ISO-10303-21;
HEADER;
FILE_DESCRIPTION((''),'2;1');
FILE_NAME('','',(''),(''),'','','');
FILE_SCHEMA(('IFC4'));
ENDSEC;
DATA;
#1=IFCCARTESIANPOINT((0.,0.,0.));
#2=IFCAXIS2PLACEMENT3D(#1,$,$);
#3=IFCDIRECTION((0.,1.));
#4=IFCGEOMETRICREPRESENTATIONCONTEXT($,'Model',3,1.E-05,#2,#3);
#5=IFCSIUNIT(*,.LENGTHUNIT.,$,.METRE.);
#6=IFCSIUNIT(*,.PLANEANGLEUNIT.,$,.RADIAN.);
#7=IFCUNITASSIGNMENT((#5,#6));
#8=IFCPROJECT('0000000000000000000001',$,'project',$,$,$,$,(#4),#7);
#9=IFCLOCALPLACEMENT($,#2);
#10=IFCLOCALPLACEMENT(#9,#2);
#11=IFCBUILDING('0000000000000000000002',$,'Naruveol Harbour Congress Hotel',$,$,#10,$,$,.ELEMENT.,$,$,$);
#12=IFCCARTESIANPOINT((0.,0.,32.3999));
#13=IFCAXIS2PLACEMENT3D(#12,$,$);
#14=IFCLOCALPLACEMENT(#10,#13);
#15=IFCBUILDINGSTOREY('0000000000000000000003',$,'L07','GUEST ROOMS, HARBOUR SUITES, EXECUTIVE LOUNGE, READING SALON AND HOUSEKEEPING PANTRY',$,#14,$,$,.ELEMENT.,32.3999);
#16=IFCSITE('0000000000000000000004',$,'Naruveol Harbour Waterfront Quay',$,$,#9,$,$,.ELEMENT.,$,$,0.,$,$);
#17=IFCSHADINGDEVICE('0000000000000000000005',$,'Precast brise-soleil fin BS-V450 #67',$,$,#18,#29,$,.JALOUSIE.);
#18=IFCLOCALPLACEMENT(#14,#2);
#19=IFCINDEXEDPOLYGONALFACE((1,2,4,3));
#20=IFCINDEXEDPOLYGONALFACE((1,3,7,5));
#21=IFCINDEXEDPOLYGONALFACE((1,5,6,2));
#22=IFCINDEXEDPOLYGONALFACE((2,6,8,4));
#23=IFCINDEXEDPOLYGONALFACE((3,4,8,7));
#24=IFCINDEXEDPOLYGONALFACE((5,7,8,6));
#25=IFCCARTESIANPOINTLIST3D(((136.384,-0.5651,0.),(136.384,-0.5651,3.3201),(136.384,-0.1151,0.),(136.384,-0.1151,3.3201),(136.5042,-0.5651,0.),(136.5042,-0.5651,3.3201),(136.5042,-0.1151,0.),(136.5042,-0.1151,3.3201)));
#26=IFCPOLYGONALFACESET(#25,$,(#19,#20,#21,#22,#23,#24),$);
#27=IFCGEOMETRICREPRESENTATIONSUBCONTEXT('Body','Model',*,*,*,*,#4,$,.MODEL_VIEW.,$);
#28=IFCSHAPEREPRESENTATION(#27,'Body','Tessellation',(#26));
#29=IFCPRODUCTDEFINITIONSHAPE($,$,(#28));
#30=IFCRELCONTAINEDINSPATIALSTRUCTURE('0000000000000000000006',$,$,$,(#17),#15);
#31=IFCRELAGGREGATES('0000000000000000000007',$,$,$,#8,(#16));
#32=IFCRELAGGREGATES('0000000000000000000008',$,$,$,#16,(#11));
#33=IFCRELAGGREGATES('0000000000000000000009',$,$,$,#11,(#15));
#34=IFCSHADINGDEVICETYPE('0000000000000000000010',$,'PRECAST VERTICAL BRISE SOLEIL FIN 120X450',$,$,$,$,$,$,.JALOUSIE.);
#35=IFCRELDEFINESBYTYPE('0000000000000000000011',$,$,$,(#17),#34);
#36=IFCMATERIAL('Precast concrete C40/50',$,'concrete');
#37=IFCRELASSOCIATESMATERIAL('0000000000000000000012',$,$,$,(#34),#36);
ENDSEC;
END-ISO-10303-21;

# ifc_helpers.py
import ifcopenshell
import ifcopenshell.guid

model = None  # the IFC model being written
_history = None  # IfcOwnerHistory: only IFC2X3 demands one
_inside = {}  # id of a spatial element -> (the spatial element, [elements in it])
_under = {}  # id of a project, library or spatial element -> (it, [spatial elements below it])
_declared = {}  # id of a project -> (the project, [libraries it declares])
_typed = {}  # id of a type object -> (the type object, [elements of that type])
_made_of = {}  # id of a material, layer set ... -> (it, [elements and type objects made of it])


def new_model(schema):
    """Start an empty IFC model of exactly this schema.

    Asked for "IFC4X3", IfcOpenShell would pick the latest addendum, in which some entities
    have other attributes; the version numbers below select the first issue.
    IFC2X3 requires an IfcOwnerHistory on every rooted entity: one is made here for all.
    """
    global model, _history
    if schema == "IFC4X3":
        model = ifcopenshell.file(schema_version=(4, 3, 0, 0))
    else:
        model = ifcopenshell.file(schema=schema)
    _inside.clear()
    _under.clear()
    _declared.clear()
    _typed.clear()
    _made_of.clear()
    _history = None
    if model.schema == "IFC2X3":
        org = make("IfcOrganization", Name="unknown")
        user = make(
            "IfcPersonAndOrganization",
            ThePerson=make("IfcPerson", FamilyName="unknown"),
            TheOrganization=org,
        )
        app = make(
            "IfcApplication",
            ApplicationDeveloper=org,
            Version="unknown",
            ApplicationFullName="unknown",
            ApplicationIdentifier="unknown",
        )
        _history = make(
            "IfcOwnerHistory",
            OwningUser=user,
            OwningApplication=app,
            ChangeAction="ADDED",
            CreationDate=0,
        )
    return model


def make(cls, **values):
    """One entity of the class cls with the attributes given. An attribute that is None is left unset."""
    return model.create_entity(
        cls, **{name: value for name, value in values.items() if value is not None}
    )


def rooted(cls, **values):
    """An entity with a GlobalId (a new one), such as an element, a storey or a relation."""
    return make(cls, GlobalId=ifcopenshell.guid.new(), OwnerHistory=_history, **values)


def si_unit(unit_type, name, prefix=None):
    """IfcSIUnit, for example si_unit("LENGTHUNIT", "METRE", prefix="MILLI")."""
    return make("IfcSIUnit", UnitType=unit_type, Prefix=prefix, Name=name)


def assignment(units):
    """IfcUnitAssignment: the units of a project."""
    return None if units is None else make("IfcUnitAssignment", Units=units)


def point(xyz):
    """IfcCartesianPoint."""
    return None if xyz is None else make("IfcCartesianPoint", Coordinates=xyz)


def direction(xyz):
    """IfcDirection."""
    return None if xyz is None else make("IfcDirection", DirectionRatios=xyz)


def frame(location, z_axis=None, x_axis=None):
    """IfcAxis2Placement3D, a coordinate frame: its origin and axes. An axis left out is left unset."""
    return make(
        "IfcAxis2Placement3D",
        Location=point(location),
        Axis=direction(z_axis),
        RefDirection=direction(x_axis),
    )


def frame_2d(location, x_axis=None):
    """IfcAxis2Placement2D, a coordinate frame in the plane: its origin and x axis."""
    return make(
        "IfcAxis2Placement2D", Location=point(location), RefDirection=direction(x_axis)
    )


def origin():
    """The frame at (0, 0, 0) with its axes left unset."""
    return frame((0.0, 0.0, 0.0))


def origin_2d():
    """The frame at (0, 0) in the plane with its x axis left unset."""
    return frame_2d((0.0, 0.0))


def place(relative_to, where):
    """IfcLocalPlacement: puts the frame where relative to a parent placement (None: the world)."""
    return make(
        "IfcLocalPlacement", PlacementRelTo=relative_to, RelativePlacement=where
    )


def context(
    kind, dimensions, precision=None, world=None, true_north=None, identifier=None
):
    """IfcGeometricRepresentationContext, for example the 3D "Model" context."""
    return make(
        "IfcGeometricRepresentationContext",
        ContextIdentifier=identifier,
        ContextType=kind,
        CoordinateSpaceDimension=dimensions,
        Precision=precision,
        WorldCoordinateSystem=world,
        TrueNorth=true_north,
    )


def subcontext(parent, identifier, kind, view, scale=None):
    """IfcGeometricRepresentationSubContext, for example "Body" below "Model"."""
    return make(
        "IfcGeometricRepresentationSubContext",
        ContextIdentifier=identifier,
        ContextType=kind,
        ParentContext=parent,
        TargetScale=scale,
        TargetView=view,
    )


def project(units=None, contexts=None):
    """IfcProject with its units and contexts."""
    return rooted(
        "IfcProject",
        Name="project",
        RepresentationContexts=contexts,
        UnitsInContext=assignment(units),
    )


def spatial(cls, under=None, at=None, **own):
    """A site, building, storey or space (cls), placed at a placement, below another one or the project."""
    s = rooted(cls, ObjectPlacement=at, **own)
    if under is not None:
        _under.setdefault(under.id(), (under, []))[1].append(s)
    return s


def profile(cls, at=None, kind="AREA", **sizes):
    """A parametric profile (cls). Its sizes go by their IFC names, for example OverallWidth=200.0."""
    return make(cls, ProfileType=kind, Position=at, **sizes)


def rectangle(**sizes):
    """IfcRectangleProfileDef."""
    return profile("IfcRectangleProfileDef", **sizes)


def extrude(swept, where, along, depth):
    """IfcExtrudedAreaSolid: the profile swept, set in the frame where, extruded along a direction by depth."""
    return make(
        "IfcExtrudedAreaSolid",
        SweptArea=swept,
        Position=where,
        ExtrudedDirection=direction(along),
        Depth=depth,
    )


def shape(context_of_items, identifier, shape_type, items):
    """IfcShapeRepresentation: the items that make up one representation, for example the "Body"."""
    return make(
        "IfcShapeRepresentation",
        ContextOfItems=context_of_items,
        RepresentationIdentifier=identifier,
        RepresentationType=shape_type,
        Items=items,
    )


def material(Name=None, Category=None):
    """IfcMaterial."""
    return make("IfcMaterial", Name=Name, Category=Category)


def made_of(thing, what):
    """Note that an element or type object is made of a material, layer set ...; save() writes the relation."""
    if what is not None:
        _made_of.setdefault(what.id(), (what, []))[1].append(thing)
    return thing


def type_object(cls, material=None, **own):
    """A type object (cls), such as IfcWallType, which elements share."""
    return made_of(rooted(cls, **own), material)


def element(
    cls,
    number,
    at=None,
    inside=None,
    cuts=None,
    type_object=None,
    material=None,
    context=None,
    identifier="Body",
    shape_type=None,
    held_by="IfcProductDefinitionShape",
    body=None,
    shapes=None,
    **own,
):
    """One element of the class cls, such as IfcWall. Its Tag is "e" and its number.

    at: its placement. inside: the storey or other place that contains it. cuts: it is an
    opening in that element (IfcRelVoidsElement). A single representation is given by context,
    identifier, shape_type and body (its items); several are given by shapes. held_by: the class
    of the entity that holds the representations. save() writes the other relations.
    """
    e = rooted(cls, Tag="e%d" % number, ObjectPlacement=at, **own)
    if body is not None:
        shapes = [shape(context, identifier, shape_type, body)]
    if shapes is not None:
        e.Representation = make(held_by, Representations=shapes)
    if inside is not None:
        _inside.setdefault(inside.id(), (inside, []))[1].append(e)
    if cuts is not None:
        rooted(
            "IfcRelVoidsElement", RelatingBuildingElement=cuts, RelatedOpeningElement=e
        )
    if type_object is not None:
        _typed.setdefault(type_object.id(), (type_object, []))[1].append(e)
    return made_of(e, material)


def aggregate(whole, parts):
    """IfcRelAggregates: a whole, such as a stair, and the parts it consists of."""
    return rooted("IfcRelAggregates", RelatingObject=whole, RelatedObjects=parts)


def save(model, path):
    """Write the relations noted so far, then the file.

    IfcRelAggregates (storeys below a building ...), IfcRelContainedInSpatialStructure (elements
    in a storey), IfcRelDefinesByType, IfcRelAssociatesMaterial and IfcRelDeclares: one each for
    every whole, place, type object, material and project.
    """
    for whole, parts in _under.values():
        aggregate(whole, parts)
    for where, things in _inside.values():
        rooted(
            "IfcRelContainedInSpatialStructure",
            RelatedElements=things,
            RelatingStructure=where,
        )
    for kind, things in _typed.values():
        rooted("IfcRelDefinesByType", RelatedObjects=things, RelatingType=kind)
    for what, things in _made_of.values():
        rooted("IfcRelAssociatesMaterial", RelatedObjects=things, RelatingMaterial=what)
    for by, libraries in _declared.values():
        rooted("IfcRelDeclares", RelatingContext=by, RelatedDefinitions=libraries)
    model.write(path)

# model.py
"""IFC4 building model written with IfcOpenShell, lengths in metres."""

from ifc_helpers import new_model, si_unit, direction, frame, origin, origin_2d, place, context, subcontext, project, spatial, rectangle, extrude, material, type_object, element, save


model = new_model("IFC4")

# Units and contexts
model_context = context("Model", 3, precision=1e-05, world=origin(), true_north=direction((0.0, 1.0)))
body_context = subcontext(model_context, "Body", "Model", "MODEL_VIEW")
ifc_project = project(units=[si_unit("LENGTHUNIT", "METRE"), si_unit("PLANEANGLEUNIT", "RADIAN")], contexts=[model_context])

# Site, building, storey
site_placement = place(None, origin())
site = spatial("IfcSite", under=ifc_project, at=site_placement, Name="Naruveol Harbour Waterfront Quay", CompositionType="ELEMENT", RefElevation=0.0)
building_placement = place(site_placement, origin())
building = spatial("IfcBuilding", under=site, at=building_placement, Name="Naruveol Harbour Congress Hotel", CompositionType="ELEMENT")
storey_placement = place(building_placement, frame((0.0, 0.0, 32.3999)))
storey = spatial("IfcBuildingStorey", under=building, at=storey_placement, Name="L07", Description="GUEST ROOMS, HARBOUR SUITES, EXECUTIVE LOUNGE, READING SALON AND HOUSEKEEPING PANTRY", CompositionType="ELEMENT", Elevation=32.3999)

# Shading device
ifc_material_1 = material(Name="Precast concrete C40/50", Category="concrete")
shading_device_type = type_object("IfcShadingDeviceType", Name="PRECAST VERTICAL BRISE SOLEIL FIN 120X450", PredefinedType="JALOUSIE", material=ifc_material_1)
for number, where, z_axis, x_axis, name in (
    (1, (136.4441, -0.3401, 0.0), (0.0, 0.0, 1.0), (-1.0, 0.0, 0.0), "Precast brise-soleil fin BS-V450 #67"),
):
    element("IfcShadingDevice", number, at=place(storey_placement, frame(where, z_axis=z_axis, x_axis=x_axis)), inside=storey, type_object=shading_device_type, Name=name, PredefinedType="JALOUSIE", context=body_context, shape_type="SweptSolid", body=[
        extrude(rectangle(XDim=0.1201, YDim=0.45, at=origin_2d()), origin(), (0.0, 0.0, 1.0), 3.3201),
    ])

save(model, "model.ifc")
